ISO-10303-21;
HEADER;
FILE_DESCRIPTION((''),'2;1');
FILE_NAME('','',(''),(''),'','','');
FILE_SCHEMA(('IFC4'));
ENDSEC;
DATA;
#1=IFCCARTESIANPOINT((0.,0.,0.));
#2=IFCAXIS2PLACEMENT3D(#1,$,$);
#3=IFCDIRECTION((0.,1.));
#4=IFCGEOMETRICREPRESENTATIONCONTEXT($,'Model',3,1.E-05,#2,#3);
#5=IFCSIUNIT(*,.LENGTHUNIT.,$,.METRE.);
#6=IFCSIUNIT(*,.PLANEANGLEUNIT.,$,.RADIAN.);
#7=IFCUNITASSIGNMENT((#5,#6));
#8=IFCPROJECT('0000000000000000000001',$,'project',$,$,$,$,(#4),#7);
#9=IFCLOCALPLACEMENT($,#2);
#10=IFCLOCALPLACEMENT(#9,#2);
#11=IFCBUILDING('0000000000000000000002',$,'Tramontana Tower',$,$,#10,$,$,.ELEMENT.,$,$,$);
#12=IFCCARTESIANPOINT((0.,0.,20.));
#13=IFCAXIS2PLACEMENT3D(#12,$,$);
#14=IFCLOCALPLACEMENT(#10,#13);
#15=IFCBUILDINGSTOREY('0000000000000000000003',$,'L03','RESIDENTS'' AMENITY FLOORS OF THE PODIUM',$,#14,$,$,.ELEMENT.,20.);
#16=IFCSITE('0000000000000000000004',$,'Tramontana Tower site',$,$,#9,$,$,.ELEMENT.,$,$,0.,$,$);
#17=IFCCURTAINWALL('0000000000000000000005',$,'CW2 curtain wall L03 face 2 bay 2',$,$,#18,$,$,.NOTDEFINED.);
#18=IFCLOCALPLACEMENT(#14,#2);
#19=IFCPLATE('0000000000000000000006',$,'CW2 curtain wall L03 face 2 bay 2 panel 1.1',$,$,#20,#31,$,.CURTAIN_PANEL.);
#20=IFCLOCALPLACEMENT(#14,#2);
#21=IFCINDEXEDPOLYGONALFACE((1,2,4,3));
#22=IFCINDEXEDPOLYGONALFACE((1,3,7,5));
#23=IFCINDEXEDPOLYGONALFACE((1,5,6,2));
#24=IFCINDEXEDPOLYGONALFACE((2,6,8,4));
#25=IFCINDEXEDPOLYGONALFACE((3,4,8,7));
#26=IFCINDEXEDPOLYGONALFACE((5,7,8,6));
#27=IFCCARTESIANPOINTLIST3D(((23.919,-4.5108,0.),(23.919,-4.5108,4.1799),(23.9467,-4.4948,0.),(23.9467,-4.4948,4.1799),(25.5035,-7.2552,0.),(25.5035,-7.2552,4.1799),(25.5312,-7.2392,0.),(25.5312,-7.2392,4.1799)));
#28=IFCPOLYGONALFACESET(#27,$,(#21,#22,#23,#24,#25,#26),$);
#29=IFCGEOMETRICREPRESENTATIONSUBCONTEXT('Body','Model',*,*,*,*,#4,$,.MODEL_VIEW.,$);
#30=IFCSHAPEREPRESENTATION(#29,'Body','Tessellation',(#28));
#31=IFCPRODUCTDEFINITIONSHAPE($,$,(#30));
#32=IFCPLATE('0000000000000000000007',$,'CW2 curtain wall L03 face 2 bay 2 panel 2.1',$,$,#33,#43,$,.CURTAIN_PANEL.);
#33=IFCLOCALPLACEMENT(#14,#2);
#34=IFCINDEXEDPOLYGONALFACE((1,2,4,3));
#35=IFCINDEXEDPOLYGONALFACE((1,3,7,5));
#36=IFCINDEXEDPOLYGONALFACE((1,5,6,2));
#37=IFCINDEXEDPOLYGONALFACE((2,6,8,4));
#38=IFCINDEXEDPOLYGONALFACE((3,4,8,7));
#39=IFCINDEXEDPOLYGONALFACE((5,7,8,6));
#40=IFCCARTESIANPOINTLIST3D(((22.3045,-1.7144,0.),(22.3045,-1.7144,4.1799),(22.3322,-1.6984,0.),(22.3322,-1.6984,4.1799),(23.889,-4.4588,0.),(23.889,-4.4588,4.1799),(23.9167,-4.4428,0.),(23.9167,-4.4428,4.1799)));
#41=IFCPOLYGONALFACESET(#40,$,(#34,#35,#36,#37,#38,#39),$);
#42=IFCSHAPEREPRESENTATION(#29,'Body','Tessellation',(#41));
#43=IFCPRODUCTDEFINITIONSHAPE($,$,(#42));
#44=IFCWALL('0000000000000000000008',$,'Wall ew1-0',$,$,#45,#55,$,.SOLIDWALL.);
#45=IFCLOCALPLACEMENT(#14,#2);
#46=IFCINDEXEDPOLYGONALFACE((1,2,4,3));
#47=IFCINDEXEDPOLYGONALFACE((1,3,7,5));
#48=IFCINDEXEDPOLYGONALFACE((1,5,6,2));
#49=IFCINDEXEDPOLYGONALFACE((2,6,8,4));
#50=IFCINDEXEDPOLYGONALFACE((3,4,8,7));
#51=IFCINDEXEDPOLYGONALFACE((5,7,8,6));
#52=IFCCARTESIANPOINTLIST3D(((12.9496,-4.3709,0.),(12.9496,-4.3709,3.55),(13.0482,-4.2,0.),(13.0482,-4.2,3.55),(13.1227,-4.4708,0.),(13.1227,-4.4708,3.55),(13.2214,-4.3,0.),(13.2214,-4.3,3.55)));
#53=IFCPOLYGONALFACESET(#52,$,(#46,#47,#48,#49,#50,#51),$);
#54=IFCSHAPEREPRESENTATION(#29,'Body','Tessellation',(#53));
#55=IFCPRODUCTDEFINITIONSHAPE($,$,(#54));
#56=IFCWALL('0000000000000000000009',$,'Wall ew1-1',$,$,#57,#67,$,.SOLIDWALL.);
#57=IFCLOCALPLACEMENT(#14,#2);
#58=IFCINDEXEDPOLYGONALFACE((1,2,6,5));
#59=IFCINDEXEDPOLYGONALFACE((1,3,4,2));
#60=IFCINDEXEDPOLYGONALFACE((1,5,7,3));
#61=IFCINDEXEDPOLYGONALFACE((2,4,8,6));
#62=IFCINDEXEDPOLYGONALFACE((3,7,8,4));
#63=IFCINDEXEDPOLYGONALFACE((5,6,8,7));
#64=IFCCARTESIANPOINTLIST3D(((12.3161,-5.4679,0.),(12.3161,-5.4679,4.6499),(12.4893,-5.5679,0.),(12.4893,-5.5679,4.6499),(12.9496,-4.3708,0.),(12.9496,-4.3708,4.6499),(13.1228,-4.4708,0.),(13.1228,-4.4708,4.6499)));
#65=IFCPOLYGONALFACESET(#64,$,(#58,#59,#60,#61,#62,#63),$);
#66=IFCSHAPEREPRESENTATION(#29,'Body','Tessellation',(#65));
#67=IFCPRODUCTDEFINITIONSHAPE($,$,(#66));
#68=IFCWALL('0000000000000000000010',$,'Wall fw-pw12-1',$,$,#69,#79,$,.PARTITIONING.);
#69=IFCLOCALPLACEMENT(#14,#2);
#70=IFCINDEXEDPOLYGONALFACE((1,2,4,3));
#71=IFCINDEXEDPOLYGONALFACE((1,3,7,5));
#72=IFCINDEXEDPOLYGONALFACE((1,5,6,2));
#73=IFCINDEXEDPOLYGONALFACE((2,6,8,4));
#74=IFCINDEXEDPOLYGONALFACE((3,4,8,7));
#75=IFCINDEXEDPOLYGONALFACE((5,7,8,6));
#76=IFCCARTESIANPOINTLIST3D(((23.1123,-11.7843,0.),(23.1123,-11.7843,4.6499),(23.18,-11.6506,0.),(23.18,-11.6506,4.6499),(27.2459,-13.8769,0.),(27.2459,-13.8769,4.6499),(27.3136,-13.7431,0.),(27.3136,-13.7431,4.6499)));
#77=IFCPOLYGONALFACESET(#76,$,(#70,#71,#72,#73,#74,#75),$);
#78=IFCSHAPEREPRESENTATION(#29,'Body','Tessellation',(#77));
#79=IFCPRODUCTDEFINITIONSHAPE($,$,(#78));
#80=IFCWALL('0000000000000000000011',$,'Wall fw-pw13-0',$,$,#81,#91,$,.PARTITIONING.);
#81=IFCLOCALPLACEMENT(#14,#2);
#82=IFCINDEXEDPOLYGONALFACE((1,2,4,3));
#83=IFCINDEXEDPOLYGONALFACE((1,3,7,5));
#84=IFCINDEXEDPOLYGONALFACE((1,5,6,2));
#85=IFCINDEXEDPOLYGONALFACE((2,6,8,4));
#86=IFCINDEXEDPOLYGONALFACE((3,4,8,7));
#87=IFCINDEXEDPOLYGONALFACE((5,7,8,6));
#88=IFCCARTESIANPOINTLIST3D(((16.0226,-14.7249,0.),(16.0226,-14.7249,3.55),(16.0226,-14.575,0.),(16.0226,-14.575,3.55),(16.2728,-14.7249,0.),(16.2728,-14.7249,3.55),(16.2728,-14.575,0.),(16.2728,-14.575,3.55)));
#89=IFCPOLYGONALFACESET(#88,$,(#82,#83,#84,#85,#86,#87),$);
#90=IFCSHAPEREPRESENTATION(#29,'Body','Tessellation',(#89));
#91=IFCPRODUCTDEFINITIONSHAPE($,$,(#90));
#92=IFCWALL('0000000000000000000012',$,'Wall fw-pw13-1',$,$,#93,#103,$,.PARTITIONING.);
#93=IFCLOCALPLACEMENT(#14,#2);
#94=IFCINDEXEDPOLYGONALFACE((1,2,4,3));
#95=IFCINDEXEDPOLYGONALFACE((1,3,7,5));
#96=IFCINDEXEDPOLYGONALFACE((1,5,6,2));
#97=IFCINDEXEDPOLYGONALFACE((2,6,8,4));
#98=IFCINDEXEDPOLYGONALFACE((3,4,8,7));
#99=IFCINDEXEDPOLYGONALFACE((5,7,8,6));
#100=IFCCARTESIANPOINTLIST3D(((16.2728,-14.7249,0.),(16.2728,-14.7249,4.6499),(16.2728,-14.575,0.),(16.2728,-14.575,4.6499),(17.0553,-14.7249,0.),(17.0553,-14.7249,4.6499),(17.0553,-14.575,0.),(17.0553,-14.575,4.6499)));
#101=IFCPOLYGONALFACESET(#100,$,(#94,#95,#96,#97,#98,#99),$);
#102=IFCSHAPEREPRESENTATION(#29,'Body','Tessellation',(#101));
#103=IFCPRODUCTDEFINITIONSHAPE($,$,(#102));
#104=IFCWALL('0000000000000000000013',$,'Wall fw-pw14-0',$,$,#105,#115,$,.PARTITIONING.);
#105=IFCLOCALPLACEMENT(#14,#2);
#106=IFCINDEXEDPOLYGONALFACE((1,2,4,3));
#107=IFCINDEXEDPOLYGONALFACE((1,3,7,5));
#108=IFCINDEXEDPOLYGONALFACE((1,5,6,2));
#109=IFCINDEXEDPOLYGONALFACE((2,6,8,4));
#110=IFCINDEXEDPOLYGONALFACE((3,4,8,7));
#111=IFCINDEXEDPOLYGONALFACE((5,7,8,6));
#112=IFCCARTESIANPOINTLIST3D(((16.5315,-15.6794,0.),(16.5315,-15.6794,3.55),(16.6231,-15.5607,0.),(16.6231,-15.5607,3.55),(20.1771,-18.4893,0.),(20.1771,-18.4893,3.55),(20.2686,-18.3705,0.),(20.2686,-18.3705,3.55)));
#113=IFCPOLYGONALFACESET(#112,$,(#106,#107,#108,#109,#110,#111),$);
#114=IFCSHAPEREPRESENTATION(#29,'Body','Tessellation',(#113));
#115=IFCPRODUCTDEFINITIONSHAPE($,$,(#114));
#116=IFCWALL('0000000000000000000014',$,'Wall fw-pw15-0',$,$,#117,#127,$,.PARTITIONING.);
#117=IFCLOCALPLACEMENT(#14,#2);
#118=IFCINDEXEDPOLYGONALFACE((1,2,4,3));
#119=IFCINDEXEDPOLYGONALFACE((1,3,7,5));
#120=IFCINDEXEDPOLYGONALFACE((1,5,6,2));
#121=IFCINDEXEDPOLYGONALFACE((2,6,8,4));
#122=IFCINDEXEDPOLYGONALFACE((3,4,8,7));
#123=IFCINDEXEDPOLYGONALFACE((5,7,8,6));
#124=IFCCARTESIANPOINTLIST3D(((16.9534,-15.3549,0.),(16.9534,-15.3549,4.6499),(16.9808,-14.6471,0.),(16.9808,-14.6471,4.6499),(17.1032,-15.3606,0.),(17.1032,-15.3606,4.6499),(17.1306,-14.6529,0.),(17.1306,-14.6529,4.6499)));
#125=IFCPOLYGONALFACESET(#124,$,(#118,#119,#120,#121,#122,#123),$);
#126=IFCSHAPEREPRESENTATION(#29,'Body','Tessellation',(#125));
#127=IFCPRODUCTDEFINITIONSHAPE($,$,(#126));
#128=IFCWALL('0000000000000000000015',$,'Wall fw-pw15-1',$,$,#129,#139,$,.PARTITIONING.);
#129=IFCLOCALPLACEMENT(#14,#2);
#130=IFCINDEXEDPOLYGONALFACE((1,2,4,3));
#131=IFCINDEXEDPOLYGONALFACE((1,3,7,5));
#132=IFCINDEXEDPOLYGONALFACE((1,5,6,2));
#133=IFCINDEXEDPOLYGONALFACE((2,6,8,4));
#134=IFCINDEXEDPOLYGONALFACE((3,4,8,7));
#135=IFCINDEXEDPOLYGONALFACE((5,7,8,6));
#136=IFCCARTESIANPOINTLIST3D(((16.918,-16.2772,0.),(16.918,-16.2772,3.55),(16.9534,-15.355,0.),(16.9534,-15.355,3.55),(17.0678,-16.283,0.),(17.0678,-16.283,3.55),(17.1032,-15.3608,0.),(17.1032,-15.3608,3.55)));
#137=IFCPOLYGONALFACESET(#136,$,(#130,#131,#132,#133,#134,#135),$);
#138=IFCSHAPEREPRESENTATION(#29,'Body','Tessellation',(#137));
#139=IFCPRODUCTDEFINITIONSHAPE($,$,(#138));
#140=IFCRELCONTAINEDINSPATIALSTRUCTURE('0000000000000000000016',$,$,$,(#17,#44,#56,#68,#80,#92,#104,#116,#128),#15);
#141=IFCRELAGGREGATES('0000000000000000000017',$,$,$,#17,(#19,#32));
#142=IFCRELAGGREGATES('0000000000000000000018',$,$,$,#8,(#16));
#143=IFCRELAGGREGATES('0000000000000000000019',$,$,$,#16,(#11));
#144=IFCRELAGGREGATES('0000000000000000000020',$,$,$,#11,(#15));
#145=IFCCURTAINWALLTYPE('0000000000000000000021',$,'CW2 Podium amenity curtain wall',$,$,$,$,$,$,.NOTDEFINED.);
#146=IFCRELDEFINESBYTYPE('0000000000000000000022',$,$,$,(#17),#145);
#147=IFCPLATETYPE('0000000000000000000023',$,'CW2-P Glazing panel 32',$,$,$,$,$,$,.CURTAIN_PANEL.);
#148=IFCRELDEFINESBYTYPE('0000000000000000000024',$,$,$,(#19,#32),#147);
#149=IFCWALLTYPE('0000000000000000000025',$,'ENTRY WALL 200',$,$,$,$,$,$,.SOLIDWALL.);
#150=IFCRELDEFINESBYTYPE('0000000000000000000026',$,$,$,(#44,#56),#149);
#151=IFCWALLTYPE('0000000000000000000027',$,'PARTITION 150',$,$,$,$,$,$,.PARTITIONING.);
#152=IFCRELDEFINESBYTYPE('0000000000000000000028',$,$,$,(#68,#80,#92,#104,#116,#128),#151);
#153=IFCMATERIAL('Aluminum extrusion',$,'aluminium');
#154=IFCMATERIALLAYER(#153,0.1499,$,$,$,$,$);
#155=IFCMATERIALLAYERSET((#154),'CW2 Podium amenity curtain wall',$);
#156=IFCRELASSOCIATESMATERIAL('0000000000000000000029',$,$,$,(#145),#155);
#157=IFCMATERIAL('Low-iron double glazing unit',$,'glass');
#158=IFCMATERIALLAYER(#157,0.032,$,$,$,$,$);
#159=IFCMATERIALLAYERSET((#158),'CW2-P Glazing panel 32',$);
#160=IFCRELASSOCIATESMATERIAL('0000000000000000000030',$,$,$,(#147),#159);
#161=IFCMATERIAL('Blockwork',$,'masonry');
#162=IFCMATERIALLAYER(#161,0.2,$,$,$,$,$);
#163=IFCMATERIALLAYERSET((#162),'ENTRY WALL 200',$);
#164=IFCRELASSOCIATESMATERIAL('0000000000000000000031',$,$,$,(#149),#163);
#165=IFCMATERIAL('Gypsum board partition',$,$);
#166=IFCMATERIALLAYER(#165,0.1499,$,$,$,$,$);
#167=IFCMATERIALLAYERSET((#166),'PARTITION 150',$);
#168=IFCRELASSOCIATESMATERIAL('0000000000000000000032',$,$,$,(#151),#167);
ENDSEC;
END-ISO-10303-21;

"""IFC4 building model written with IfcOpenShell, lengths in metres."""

from ifc_helpers import new_model, si_unit, direction, frame, frame_2d, origin, origin_2d, place, context, subcontext, project, spatial, rectangle, extrude, material, layer, layer_set, type_object, element, aggregate, save


model = new_model("IFC4")

# Units and contexts
model_context = context("Model", 3, precision=1e-05, world=origin(), true_north=direction((0.0, 1.0)))
body_context = subcontext(model_context, "Body", "Model", "MODEL_VIEW")
ifc_project = project(units=[si_unit("LENGTHUNIT", "METRE"), si_unit("PLANEANGLEUNIT", "RADIAN")], contexts=[model_context])

# Site, building, storey
site_placement = place(None, origin())
site = spatial("IfcSite", under=ifc_project, at=site_placement, Name="Tramontana Tower site", CompositionType="ELEMENT", RefElevation=0.0)
building_placement = place(site_placement, origin())
building = spatial("IfcBuilding", under=site, at=building_placement, Name="Tramontana Tower", CompositionType="ELEMENT")
storey_placement = place(building_placement, frame((0.0, 0.0, 20.0)))
storey = spatial("IfcBuildingStorey", under=building, at=storey_placement, Name="L03", Description="RESIDENTS' AMENITY FLOORS OF THE PODIUM", CompositionType="ELEMENT", Elevation=20.0)

# Shared definitions
ifc_material_1 = material(Name="Aluminum extrusion", Category="aluminium")
ifc_layer_1 = layer(ifc_material_1, 0.1499)
ifc_layer_set_1 = layer_set([ifc_layer_1], Name="CW2 Podium amenity curtain wall")
curtain_wall_type = type_object("IfcCurtainWallType", Name="CW2 Podium amenity curtain wall", PredefinedType="NOTDEFINED", material=ifc_layer_set_1)

# Curtain wall
curtain_wall_1_placement = place(storey_placement, origin())
curtain_wall_1 = element("IfcCurtainWall", 1, at=curtain_wall_1_placement, inside=storey, type_object=curtain_wall_type, Name="CW2 curtain wall L03 face 2 bay 2", PredefinedType="NOTDEFINED")

# Plates
ifc_material_2 = material(Name="Low-iron double glazing unit", Category="glass")
ifc_layer_2 = layer(ifc_material_2, 0.032)
ifc_layer_set_2 = layer_set([ifc_layer_2], Name="CW2-P Glazing panel 32")
plate_type = type_object("IfcPlateType", Name="CW2-P Glazing panel 32", PredefinedType="CURTAIN_PANEL", material=ifc_layer_set_2)
plate_1_placement = place(storey_placement, frame((24.7251, -5.875, 0.0), z_axis=(0.0, 0.0, 1.0), x_axis=(-0.5, 0.866025, 0.0)))
plate_1 = element("IfcPlate", 2, at=plate_1_placement, type_object=plate_type, Name="CW2 curtain wall L03 face 2 bay 2 panel 1.1", PredefinedType="CURTAIN_PANEL", context=body_context, shape_type="SweptSolid", body=[
    extrude(rectangle(XDim=3.1689, YDim=0.032, at=origin_2d()), origin(), (0.0, 0.0, 1.0), 4.1799),
])
plate_2_placement = place(storey_placement, frame((23.1106, -3.0786, 0.0), z_axis=(0.0, 0.0, 1.0), x_axis=(-0.5, 0.866025, 0.0)))
plate_2 = element("IfcPlate", 3, at=plate_2_placement, type_object=plate_type, Name="CW2 curtain wall L03 face 2 bay 2 panel 2.1", PredefinedType="CURTAIN_PANEL", context=body_context, shape_type="SweptSolid", body=[
    extrude(rectangle(XDim=3.1689, YDim=0.032, at=origin_2d()), origin(), (0.0, 0.0, 1.0), 4.1799),
])
aggregate(curtain_wall_1, [plate_1, plate_2])

# Walls
ifc_material_3 = material(Name="Blockwork", Category="masonry")
ifc_layer_3 = layer(ifc_material_3, 0.2)
ifc_layer_set_3 = layer_set([ifc_layer_3], Name="ENTRY WALL 200")
wall_type_1 = type_object("IfcWallType", Name="ENTRY WALL 200", PredefinedType="SOLIDWALL", material=ifc_layer_set_3)
wall_1_placement = place(storey_placement, frame((13.1348, -4.25, 0.0), z_axis=(0.0, 0.0, 1.0), x_axis=(-0.499865, -0.866103, 0.0)))
element("IfcWall", 4, at=wall_1_placement, inside=storey, type_object=wall_type_1, Name="Wall ew1-0", PredefinedType="SOLIDWALL", context=body_context, shape_type="SweptSolid", body=[
    extrude(rectangle(XDim=0.1973, YDim=0.2, at=frame_2d((0.0986, 0.0))), origin(), (0.0, 0.0, 1.0), 3.55),
])
wall_2_placement = place(storey_placement, frame((13.0361, -4.4209, 0.0), z_axis=(0.0, 0.0, 1.0), x_axis=(-0.500056, -0.865993, 0.0)))
element("IfcWall", 5, at=wall_2_placement, inside=storey, type_object=wall_type_1, Name="Wall ew1-1", PredefinedType="SOLIDWALL", context=body_context, shape_type="SweptSolid", body=[
    extrude(rectangle(XDim=1.2668, YDim=0.2, at=frame_2d((0.6333, 0.0))), origin(), (0.0, 0.0, 1.0), 4.6499),
])
ifc_material_4 = material(Name="Gypsum board partition")
ifc_layer_4 = layer(ifc_material_4, 0.1499)
ifc_layer_set_4 = layer_set([ifc_layer_4], Name="PARTITION 150")
wall_type_2 = type_object("IfcWallType", Name="PARTITION 150", PredefinedType="PARTITIONING", material=ifc_layer_set_4)
wall_3_placement = place(storey_placement, frame((23.1462, -11.7175, 0.0), z_axis=(0.0, 0.0, 1.0), x_axis=(0.892192, -0.451656, 0.0)))
element("IfcWall", 6, at=wall_3_placement, inside=storey, type_object=wall_type_2, Name="Wall fw-pw12-1", PredefinedType="PARTITIONING", context=body_context, shape_type="SweptSolid", body=[
    extrude(rectangle(XDim=4.6331, YDim=0.1499, at=frame_2d((2.3164, 0.0))), origin(), (0.0, 0.0, 1.0), 4.6499),
])
wall_4_placement = place(storey_placement, frame((16.0227, -14.6499, 0.0), z_axis=(0.0, 0.0, 1.0), x_axis=(1.0, 0.0, 0.0)))
element("IfcWall", 7, at=wall_4_placement, inside=storey, type_object=wall_type_2, Name="Wall fw-pw13-0", PredefinedType="PARTITIONING", context=body_context, shape_type="SweptSolid", body=[
    extrude(rectangle(XDim=0.2502, YDim=0.1499, at=frame_2d((0.125, 0.0))), origin(), (0.0, 0.0, 1.0), 3.55),
])
wall_5_placement = place(storey_placement, frame((16.2729, -14.6499, 0.0), z_axis=(0.0, 0.0, 1.0), x_axis=(1.0, 0.0, 0.0)))
element("IfcWall", 8, at=wall_5_placement, inside=storey, type_object=wall_type_2, Name="Wall fw-pw13-1", PredefinedType="PARTITIONING", context=body_context, shape_type="SweptSolid", body=[
    extrude(rectangle(XDim=0.7825, YDim=0.1499, at=frame_2d((0.3911, 0.0))), origin(), (0.0, 0.0, 1.0), 4.6499),
])
wall_6_placement = place(storey_placement, frame((16.5774, -15.6201, 0.0), z_axis=(0.0, 0.0, 1.0), x_axis=(0.792038, -0.610472, 0.0)))
element("IfcWall", 9, at=wall_6_placement, inside=storey, type_object=wall_type_2, Name="Wall fw-pw14-0", PredefinedType="PARTITIONING", context=body_context, shape_type="SweptSolid", body=[
    extrude(rectangle(XDim=4.6028, YDim=0.1499, at=frame_2d((2.3013, 0.0))), origin(), (0.0, 0.0, 1.0), 3.55),
])
wall_7_placement = place(storey_placement, frame((17.0557, -14.6501, 0.0), z_axis=(0.0, 0.0, 1.0), x_axis=(-0.038605, -0.999255, 0.0)))
element("IfcWall", 10, at=wall_7_placement, inside=storey, type_object=wall_type_2, Name="Wall fw-pw15-0", PredefinedType="PARTITIONING", context=body_context, shape_type="SweptSolid", body=[
    extrude(rectangle(XDim=0.7083, YDim=0.1499, at=frame_2d((0.354, 0.0))), origin(), (0.0, 0.0, 1.0), 4.6499),
])
wall_8_placement = place(storey_placement, frame((17.0283, -15.3579, 0.0), z_axis=(0.0, 0.0, 1.0), x_axis=(-0.038362, -0.999264, 0.0)))
element("IfcWall", 11, at=wall_8_placement, inside=storey, type_object=wall_type_2, Name="Wall fw-pw15-1", PredefinedType="PARTITIONING", context=body_context, shape_type="SweptSolid", body=[
    extrude(rectangle(XDim=0.9229, YDim=0.1499, at=frame_2d((0.4614, 0.0))), origin(), (0.0, 0.0, 1.0), 3.55),
])

save(model, "model.ifc")
